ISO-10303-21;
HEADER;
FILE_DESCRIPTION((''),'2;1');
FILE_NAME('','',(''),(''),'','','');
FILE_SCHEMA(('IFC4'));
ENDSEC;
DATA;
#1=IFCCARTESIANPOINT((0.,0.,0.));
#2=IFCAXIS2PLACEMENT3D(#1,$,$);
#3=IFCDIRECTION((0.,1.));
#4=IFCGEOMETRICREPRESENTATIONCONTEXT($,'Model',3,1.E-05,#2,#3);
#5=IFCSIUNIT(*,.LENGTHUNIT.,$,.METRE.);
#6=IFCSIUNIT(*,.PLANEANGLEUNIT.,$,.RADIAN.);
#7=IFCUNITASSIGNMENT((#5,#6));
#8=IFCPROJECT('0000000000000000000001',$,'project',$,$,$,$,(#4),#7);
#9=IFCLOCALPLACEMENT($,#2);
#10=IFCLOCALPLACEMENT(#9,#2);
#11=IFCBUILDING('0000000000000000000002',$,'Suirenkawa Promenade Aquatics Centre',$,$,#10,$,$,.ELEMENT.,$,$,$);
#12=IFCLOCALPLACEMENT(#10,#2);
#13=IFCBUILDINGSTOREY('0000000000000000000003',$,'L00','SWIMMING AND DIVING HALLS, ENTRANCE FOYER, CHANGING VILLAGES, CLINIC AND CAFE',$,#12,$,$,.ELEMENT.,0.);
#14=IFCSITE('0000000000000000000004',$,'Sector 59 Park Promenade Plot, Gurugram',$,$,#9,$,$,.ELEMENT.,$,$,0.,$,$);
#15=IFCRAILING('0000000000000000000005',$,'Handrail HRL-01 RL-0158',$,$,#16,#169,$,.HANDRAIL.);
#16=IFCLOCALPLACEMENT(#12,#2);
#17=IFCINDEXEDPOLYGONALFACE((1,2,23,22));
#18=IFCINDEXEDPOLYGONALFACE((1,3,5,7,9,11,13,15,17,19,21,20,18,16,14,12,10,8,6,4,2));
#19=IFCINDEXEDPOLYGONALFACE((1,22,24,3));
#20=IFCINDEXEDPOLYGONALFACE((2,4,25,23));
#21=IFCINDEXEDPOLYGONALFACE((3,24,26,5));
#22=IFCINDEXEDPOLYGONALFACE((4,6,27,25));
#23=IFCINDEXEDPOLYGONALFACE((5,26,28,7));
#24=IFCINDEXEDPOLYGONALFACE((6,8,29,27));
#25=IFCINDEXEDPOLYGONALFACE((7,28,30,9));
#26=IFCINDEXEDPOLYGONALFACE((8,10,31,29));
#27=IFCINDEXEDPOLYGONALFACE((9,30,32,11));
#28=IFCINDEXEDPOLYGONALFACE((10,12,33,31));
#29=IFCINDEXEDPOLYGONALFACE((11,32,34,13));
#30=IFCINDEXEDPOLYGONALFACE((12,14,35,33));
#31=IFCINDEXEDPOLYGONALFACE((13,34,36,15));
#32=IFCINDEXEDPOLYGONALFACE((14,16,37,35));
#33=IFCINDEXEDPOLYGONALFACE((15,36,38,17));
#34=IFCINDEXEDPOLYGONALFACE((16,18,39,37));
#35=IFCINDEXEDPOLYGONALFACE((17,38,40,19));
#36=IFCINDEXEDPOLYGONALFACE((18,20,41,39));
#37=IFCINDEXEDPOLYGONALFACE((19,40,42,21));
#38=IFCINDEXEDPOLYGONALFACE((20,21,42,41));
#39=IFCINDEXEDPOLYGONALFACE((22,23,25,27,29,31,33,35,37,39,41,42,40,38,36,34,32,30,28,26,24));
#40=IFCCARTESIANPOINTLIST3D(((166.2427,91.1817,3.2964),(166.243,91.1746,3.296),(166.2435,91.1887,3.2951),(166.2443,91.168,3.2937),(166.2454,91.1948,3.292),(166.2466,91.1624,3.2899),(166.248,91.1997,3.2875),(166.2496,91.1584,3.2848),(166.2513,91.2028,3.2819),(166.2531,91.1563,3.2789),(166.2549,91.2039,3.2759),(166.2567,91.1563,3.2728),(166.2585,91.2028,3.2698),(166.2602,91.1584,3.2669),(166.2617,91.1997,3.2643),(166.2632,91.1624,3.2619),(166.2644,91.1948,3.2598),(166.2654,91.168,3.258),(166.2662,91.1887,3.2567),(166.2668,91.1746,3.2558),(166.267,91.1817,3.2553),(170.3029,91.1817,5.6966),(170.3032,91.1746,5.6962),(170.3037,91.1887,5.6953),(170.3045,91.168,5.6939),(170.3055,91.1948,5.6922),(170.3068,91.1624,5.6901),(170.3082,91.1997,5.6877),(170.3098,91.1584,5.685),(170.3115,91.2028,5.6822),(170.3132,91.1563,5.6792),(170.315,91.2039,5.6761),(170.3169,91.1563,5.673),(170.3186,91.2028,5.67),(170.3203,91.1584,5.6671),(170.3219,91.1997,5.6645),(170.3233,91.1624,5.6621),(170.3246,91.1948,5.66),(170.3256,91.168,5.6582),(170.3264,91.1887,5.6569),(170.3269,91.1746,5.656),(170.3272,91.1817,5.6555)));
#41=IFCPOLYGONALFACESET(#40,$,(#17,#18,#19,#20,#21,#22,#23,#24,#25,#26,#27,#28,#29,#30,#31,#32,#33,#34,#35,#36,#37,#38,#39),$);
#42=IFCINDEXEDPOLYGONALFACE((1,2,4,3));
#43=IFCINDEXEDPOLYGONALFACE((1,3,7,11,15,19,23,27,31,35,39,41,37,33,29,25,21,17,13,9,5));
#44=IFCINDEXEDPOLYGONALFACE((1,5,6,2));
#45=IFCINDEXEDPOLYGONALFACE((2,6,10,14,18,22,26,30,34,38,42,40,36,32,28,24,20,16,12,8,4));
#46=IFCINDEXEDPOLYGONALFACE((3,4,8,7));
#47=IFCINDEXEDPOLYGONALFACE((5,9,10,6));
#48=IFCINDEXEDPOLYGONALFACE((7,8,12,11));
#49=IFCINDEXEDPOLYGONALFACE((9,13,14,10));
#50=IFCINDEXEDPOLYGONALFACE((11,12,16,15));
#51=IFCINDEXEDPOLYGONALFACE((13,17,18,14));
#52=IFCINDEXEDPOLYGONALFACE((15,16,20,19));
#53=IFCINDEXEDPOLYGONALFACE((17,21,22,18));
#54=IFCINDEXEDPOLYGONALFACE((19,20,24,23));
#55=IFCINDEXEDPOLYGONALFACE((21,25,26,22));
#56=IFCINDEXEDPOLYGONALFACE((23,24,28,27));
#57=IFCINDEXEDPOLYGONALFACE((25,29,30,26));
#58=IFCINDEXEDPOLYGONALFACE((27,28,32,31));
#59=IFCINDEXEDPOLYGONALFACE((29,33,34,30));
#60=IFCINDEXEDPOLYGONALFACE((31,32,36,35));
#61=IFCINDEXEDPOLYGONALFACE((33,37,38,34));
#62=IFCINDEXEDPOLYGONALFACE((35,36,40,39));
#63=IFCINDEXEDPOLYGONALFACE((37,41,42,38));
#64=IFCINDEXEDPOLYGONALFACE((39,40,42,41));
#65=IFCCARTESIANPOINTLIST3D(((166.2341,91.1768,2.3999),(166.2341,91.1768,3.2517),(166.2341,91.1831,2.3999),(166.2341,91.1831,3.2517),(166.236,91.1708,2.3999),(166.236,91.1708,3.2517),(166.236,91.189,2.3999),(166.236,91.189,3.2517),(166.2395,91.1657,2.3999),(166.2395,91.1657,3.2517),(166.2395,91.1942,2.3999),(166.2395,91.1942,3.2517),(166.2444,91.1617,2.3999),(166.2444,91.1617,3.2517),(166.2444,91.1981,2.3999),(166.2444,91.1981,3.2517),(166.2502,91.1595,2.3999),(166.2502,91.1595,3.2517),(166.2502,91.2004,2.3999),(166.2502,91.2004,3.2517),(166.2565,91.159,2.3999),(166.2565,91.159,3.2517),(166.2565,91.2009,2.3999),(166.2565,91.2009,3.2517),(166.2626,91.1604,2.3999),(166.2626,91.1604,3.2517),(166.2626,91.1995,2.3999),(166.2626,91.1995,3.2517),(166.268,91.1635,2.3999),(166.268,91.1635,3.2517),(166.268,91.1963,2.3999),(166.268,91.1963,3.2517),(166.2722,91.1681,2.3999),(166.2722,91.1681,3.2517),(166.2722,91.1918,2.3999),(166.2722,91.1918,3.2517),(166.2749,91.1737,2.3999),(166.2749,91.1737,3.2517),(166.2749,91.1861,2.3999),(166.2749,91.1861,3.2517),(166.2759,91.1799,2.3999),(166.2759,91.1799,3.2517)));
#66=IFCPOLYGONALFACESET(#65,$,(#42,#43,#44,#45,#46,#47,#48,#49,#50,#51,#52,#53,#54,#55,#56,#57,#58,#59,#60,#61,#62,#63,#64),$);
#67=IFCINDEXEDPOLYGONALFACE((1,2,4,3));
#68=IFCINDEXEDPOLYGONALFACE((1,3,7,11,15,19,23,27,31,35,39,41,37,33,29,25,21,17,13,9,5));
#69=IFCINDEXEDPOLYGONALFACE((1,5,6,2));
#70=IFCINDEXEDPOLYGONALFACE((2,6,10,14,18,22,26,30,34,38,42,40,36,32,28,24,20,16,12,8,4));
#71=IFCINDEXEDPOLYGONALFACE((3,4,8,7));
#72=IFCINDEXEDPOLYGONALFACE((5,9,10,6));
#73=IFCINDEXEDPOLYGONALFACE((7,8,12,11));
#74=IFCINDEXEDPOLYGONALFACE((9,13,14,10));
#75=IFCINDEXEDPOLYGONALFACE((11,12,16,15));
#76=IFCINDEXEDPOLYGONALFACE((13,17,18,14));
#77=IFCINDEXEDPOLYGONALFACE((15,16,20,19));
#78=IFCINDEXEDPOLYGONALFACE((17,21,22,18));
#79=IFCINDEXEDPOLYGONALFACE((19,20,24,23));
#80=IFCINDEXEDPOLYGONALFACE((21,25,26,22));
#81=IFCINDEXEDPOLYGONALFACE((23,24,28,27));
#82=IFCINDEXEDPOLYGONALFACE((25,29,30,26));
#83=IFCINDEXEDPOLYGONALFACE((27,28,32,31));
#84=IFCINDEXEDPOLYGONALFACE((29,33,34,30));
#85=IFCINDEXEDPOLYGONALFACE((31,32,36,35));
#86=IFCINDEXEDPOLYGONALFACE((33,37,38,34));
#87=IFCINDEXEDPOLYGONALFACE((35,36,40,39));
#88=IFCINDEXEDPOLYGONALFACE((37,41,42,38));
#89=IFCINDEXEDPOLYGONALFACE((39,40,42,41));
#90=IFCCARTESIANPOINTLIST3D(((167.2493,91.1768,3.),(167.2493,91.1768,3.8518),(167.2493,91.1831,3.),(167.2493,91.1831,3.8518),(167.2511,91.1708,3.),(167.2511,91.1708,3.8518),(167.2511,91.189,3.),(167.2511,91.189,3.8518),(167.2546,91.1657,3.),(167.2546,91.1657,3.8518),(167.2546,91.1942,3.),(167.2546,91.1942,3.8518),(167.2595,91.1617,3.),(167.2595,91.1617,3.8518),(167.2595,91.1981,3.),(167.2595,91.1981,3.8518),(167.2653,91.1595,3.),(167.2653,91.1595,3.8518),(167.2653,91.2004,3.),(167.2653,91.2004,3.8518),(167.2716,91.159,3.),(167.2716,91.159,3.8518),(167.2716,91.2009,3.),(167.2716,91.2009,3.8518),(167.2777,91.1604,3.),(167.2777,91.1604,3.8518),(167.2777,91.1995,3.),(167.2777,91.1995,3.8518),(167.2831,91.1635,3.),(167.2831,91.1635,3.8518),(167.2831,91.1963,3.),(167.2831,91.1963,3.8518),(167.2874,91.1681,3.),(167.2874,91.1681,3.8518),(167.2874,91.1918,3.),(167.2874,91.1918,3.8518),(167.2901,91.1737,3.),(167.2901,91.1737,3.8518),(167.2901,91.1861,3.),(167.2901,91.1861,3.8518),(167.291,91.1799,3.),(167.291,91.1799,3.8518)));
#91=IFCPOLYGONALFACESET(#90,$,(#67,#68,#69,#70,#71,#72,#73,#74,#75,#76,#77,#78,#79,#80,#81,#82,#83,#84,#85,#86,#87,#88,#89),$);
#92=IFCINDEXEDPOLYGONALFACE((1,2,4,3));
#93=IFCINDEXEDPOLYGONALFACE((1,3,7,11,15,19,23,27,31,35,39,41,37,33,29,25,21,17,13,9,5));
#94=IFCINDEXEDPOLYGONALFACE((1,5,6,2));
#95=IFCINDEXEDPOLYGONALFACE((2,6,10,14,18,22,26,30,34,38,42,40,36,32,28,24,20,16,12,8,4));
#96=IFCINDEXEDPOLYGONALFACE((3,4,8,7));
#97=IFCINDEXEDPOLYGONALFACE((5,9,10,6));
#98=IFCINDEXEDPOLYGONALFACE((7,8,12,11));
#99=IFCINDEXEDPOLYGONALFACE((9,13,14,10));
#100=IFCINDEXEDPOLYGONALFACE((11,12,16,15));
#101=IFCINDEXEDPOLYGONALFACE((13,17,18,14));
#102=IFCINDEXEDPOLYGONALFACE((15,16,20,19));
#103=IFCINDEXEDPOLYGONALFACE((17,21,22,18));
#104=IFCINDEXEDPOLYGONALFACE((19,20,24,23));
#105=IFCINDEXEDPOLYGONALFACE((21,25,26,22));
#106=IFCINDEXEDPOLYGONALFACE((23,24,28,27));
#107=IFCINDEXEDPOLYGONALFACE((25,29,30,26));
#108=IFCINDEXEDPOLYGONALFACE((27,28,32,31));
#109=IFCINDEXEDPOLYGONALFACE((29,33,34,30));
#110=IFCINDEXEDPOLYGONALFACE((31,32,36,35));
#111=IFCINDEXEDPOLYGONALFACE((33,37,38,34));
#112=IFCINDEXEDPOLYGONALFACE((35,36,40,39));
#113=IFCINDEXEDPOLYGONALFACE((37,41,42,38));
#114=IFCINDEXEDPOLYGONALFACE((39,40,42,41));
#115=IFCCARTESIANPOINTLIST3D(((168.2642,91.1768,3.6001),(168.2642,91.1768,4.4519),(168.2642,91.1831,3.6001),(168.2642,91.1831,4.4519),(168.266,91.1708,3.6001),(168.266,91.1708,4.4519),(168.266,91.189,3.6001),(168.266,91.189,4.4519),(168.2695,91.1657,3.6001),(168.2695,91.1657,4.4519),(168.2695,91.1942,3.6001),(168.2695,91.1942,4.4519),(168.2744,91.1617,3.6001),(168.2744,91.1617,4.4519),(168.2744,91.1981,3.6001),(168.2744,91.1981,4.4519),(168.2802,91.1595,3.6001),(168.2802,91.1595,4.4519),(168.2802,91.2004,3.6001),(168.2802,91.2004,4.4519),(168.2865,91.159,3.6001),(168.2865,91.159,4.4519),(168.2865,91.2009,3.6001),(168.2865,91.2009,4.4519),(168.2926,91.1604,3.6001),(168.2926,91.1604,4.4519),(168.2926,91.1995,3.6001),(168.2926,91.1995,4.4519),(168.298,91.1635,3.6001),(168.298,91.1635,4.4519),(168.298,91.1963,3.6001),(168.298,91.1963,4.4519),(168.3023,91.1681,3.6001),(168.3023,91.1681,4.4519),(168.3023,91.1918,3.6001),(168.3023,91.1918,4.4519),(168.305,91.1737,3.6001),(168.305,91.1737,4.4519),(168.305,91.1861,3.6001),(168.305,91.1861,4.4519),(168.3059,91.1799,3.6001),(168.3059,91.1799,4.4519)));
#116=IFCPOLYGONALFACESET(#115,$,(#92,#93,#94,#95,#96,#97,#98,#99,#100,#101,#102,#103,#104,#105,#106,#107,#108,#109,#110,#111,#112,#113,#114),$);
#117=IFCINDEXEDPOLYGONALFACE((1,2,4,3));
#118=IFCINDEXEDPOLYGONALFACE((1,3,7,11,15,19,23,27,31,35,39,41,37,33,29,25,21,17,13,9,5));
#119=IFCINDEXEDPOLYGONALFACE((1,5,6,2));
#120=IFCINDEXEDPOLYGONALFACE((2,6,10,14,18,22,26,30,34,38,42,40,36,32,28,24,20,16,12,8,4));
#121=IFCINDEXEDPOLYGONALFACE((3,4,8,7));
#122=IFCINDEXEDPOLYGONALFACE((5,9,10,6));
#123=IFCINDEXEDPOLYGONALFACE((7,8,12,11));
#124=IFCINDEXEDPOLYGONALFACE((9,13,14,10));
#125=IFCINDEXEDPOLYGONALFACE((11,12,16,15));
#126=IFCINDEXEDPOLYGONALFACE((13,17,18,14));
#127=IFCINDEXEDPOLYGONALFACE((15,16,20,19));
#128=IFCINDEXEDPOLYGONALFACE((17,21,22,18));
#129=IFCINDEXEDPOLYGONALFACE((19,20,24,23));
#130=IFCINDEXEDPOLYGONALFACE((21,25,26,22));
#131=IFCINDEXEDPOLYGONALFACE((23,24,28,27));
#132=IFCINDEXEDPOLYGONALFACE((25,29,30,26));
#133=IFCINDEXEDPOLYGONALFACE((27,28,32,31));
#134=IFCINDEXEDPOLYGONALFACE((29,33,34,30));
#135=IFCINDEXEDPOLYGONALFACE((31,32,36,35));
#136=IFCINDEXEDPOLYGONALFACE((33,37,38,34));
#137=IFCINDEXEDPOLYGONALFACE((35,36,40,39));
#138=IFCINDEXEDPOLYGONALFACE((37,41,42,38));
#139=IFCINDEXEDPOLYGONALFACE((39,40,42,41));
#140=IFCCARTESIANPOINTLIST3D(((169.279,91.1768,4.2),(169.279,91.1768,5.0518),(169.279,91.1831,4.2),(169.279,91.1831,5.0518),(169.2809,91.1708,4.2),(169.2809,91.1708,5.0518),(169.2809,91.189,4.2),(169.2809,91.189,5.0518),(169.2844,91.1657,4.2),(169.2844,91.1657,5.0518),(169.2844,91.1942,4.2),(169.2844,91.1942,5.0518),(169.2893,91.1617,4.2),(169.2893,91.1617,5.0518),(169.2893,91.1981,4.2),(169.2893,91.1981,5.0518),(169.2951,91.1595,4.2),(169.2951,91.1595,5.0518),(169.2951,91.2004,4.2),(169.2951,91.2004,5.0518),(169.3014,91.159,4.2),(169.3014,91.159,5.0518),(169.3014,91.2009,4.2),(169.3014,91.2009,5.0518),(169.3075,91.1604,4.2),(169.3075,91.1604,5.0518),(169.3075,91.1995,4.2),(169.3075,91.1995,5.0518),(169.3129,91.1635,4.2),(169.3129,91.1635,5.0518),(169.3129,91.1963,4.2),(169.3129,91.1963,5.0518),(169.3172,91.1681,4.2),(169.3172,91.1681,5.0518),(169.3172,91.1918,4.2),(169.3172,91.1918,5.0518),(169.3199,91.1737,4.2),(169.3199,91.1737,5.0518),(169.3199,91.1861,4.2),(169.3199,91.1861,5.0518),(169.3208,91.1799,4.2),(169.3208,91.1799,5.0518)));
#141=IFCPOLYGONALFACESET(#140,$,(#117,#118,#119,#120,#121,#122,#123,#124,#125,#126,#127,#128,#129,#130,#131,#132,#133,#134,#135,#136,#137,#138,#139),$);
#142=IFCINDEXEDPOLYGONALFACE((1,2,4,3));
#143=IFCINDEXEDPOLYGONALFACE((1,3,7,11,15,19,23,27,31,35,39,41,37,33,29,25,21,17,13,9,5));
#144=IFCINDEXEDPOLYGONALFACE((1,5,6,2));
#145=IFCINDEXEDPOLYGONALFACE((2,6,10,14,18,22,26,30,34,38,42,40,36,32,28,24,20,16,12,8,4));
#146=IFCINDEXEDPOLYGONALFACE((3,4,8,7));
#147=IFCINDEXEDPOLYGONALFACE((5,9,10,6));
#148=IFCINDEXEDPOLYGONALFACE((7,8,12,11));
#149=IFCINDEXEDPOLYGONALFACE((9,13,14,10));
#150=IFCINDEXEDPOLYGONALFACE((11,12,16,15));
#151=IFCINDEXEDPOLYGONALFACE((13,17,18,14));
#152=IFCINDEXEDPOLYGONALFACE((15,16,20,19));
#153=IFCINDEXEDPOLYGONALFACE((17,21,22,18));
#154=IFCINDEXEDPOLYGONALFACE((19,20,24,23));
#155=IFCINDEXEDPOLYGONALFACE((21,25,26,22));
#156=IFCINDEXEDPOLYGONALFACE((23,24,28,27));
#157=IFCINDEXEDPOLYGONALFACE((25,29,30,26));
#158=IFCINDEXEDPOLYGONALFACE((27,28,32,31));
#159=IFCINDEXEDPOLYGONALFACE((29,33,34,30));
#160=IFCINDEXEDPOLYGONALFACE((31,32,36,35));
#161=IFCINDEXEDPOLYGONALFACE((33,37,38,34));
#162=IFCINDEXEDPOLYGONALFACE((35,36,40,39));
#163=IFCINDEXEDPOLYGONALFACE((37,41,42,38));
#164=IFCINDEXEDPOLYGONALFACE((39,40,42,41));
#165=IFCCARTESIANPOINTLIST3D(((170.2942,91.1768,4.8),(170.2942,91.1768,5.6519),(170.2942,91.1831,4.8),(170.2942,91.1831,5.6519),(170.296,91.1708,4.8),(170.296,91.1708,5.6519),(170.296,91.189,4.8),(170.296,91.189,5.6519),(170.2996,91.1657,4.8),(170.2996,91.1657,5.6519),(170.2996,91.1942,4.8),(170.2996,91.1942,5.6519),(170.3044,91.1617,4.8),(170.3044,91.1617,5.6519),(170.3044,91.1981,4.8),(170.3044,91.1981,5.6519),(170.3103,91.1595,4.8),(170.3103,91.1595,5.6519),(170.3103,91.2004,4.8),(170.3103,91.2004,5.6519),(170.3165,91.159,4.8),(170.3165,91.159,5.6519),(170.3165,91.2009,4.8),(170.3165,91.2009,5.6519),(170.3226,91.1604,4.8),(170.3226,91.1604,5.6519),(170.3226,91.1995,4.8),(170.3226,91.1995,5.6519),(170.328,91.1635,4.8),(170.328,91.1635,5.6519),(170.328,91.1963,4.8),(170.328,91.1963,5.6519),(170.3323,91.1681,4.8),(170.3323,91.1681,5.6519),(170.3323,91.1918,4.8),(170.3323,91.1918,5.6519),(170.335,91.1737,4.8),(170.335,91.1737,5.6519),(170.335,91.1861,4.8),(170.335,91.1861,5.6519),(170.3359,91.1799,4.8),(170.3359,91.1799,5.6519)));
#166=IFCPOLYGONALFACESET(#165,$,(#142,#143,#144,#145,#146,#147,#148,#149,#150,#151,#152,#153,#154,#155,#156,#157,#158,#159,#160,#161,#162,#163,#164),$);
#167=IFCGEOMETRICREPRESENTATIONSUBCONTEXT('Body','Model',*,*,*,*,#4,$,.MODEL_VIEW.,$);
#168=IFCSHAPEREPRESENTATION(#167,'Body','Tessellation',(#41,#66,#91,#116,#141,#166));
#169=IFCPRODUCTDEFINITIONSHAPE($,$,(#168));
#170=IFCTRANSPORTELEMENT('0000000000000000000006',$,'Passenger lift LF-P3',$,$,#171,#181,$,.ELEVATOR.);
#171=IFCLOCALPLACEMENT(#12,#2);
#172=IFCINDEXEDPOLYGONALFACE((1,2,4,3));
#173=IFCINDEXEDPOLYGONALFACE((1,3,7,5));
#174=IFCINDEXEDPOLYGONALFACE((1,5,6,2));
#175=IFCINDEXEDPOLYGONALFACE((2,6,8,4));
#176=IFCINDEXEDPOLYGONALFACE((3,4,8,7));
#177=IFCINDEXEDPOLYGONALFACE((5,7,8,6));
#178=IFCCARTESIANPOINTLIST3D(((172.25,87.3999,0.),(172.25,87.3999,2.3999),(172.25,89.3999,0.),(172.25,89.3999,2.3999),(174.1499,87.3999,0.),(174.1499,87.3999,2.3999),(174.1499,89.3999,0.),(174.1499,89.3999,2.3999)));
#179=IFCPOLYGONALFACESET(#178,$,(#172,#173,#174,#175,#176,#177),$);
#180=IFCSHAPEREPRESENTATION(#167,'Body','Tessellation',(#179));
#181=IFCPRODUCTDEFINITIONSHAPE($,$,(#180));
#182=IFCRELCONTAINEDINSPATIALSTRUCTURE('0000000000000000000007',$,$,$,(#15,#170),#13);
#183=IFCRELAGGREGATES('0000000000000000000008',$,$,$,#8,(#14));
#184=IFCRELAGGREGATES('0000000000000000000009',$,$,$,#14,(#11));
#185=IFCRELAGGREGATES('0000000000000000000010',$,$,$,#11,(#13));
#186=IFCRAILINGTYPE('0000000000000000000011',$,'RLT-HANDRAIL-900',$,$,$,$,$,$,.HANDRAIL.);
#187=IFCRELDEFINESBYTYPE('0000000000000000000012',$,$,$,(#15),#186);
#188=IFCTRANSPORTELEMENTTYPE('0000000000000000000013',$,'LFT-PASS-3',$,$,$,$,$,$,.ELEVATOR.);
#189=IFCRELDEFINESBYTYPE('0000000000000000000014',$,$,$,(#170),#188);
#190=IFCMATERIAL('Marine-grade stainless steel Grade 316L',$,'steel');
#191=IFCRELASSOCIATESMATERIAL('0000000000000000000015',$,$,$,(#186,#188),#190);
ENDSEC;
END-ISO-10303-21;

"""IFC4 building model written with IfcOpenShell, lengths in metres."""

from ifc_helpers import new_model, si_unit, direction, frame, origin, origin_2d, place, context, subcontext, project, spatial, rectangle, circle, extrude, material, type_object, element, save


model = new_model("IFC4")

# Units and contexts
model_context = context("Model", 3, precision=1e-05, world=origin(), true_north=direction((0.0, 1.0)))
body_context = subcontext(model_context, "Body", "Model", "MODEL_VIEW")
ifc_project = project(units=[si_unit("LENGTHUNIT", "METRE"), si_unit("PLANEANGLEUNIT", "RADIAN")], contexts=[model_context])

# Site, building, storey
site_placement = place(None, origin())
site = spatial("IfcSite", under=ifc_project, at=site_placement, Name="Sector 59 Park Promenade Plot, Gurugram", CompositionType="ELEMENT", RefElevation=0.0)
building_placement = place(site_placement, origin())
building = spatial("IfcBuilding", under=site, at=building_placement, Name="Suirenkawa Promenade Aquatics Centre", CompositionType="ELEMENT")
storey_placement = place(building_placement, origin())
storey = spatial("IfcBuildingStorey", under=building, at=storey_placement, Name="L00", Description="SWIMMING AND DIVING HALLS, ENTRANCE FOYER, CHANGING VILLAGES, CLINIC AND CAFE", CompositionType="ELEMENT", Elevation=0.0)

# Shared definitions
ifc_material_1 = material(Name="Marine-grade stainless steel Grade 316L", Category="steel")

# Railing
railing_type_1 = type_object("IfcRailingType", Name="RLT-HANDRAIL-900", PredefinedType="HANDRAIL", material=ifc_material_1)
for number, where, name in (
    (1, (166.2549, 91.1799, 2.3999), "Handrail HRL-01 RL-0158"),
):
    element("IfcRailing", number, at=place(storey_placement, frame(where)), inside=storey, type_object=railing_type_1, Name=name, PredefinedType="HANDRAIL", context=body_context, shape_type="SweptSolid", body=[
        extrude(circle(Radius=0.0239, at=origin_2d()), frame((0.0, 0.0, 0.876), z_axis=(0.860832, 0.0, 0.50889), x_axis=(0.0, 1.0, 0.0)), (0.0, 0.0, 1.0), 4.7166),
        extrude(circle(Radius=0.021, at=origin_2d()), origin(), (0.0, 0.0, 1.0), 0.8518),
        extrude(circle(Radius=0.021, at=origin_2d()), frame((1.0151, 0.0, 0.6001)), (0.0, 0.0, 1.0), 0.8518),
        extrude(circle(Radius=0.021, at=origin_2d()), frame((2.03, 0.0, 1.2002)), (0.0, 0.0, 1.0), 0.8518),
        extrude(circle(Radius=0.021, at=origin_2d()), frame((3.0449, 0.0, 1.8)), (0.0, 0.0, 1.0), 0.8518),
        extrude(circle(Radius=0.021, at=origin_2d()), frame((4.0601, 0.0, 2.4001)), (0.0, 0.0, 1.0), 0.8518),
    ])

# Transport element
transport_element_type = type_object("IfcTransportElementType", Name="LFT-PASS-3", PredefinedType="ELEVATOR", material=ifc_material_1)
transport_element_placement = place(storey_placement, frame((173.2, 88.3999, 0.0), z_axis=(0.0, 0.0, 1.0), x_axis=(1.0, 0.0, 0.0)))
element("IfcTransportElement", 2, at=transport_element_placement, inside=storey, type_object=transport_element_type, Name="Passenger lift LF-P3", PredefinedType="ELEVATOR", context=body_context, shape_type="SweptSolid", body=[
    extrude(rectangle(XDim=1.8999, YDim=2.0, at=origin_2d()), origin(), (0.0, 0.0, 1.0), 2.3999),
])

save(model, "model.ifc")
